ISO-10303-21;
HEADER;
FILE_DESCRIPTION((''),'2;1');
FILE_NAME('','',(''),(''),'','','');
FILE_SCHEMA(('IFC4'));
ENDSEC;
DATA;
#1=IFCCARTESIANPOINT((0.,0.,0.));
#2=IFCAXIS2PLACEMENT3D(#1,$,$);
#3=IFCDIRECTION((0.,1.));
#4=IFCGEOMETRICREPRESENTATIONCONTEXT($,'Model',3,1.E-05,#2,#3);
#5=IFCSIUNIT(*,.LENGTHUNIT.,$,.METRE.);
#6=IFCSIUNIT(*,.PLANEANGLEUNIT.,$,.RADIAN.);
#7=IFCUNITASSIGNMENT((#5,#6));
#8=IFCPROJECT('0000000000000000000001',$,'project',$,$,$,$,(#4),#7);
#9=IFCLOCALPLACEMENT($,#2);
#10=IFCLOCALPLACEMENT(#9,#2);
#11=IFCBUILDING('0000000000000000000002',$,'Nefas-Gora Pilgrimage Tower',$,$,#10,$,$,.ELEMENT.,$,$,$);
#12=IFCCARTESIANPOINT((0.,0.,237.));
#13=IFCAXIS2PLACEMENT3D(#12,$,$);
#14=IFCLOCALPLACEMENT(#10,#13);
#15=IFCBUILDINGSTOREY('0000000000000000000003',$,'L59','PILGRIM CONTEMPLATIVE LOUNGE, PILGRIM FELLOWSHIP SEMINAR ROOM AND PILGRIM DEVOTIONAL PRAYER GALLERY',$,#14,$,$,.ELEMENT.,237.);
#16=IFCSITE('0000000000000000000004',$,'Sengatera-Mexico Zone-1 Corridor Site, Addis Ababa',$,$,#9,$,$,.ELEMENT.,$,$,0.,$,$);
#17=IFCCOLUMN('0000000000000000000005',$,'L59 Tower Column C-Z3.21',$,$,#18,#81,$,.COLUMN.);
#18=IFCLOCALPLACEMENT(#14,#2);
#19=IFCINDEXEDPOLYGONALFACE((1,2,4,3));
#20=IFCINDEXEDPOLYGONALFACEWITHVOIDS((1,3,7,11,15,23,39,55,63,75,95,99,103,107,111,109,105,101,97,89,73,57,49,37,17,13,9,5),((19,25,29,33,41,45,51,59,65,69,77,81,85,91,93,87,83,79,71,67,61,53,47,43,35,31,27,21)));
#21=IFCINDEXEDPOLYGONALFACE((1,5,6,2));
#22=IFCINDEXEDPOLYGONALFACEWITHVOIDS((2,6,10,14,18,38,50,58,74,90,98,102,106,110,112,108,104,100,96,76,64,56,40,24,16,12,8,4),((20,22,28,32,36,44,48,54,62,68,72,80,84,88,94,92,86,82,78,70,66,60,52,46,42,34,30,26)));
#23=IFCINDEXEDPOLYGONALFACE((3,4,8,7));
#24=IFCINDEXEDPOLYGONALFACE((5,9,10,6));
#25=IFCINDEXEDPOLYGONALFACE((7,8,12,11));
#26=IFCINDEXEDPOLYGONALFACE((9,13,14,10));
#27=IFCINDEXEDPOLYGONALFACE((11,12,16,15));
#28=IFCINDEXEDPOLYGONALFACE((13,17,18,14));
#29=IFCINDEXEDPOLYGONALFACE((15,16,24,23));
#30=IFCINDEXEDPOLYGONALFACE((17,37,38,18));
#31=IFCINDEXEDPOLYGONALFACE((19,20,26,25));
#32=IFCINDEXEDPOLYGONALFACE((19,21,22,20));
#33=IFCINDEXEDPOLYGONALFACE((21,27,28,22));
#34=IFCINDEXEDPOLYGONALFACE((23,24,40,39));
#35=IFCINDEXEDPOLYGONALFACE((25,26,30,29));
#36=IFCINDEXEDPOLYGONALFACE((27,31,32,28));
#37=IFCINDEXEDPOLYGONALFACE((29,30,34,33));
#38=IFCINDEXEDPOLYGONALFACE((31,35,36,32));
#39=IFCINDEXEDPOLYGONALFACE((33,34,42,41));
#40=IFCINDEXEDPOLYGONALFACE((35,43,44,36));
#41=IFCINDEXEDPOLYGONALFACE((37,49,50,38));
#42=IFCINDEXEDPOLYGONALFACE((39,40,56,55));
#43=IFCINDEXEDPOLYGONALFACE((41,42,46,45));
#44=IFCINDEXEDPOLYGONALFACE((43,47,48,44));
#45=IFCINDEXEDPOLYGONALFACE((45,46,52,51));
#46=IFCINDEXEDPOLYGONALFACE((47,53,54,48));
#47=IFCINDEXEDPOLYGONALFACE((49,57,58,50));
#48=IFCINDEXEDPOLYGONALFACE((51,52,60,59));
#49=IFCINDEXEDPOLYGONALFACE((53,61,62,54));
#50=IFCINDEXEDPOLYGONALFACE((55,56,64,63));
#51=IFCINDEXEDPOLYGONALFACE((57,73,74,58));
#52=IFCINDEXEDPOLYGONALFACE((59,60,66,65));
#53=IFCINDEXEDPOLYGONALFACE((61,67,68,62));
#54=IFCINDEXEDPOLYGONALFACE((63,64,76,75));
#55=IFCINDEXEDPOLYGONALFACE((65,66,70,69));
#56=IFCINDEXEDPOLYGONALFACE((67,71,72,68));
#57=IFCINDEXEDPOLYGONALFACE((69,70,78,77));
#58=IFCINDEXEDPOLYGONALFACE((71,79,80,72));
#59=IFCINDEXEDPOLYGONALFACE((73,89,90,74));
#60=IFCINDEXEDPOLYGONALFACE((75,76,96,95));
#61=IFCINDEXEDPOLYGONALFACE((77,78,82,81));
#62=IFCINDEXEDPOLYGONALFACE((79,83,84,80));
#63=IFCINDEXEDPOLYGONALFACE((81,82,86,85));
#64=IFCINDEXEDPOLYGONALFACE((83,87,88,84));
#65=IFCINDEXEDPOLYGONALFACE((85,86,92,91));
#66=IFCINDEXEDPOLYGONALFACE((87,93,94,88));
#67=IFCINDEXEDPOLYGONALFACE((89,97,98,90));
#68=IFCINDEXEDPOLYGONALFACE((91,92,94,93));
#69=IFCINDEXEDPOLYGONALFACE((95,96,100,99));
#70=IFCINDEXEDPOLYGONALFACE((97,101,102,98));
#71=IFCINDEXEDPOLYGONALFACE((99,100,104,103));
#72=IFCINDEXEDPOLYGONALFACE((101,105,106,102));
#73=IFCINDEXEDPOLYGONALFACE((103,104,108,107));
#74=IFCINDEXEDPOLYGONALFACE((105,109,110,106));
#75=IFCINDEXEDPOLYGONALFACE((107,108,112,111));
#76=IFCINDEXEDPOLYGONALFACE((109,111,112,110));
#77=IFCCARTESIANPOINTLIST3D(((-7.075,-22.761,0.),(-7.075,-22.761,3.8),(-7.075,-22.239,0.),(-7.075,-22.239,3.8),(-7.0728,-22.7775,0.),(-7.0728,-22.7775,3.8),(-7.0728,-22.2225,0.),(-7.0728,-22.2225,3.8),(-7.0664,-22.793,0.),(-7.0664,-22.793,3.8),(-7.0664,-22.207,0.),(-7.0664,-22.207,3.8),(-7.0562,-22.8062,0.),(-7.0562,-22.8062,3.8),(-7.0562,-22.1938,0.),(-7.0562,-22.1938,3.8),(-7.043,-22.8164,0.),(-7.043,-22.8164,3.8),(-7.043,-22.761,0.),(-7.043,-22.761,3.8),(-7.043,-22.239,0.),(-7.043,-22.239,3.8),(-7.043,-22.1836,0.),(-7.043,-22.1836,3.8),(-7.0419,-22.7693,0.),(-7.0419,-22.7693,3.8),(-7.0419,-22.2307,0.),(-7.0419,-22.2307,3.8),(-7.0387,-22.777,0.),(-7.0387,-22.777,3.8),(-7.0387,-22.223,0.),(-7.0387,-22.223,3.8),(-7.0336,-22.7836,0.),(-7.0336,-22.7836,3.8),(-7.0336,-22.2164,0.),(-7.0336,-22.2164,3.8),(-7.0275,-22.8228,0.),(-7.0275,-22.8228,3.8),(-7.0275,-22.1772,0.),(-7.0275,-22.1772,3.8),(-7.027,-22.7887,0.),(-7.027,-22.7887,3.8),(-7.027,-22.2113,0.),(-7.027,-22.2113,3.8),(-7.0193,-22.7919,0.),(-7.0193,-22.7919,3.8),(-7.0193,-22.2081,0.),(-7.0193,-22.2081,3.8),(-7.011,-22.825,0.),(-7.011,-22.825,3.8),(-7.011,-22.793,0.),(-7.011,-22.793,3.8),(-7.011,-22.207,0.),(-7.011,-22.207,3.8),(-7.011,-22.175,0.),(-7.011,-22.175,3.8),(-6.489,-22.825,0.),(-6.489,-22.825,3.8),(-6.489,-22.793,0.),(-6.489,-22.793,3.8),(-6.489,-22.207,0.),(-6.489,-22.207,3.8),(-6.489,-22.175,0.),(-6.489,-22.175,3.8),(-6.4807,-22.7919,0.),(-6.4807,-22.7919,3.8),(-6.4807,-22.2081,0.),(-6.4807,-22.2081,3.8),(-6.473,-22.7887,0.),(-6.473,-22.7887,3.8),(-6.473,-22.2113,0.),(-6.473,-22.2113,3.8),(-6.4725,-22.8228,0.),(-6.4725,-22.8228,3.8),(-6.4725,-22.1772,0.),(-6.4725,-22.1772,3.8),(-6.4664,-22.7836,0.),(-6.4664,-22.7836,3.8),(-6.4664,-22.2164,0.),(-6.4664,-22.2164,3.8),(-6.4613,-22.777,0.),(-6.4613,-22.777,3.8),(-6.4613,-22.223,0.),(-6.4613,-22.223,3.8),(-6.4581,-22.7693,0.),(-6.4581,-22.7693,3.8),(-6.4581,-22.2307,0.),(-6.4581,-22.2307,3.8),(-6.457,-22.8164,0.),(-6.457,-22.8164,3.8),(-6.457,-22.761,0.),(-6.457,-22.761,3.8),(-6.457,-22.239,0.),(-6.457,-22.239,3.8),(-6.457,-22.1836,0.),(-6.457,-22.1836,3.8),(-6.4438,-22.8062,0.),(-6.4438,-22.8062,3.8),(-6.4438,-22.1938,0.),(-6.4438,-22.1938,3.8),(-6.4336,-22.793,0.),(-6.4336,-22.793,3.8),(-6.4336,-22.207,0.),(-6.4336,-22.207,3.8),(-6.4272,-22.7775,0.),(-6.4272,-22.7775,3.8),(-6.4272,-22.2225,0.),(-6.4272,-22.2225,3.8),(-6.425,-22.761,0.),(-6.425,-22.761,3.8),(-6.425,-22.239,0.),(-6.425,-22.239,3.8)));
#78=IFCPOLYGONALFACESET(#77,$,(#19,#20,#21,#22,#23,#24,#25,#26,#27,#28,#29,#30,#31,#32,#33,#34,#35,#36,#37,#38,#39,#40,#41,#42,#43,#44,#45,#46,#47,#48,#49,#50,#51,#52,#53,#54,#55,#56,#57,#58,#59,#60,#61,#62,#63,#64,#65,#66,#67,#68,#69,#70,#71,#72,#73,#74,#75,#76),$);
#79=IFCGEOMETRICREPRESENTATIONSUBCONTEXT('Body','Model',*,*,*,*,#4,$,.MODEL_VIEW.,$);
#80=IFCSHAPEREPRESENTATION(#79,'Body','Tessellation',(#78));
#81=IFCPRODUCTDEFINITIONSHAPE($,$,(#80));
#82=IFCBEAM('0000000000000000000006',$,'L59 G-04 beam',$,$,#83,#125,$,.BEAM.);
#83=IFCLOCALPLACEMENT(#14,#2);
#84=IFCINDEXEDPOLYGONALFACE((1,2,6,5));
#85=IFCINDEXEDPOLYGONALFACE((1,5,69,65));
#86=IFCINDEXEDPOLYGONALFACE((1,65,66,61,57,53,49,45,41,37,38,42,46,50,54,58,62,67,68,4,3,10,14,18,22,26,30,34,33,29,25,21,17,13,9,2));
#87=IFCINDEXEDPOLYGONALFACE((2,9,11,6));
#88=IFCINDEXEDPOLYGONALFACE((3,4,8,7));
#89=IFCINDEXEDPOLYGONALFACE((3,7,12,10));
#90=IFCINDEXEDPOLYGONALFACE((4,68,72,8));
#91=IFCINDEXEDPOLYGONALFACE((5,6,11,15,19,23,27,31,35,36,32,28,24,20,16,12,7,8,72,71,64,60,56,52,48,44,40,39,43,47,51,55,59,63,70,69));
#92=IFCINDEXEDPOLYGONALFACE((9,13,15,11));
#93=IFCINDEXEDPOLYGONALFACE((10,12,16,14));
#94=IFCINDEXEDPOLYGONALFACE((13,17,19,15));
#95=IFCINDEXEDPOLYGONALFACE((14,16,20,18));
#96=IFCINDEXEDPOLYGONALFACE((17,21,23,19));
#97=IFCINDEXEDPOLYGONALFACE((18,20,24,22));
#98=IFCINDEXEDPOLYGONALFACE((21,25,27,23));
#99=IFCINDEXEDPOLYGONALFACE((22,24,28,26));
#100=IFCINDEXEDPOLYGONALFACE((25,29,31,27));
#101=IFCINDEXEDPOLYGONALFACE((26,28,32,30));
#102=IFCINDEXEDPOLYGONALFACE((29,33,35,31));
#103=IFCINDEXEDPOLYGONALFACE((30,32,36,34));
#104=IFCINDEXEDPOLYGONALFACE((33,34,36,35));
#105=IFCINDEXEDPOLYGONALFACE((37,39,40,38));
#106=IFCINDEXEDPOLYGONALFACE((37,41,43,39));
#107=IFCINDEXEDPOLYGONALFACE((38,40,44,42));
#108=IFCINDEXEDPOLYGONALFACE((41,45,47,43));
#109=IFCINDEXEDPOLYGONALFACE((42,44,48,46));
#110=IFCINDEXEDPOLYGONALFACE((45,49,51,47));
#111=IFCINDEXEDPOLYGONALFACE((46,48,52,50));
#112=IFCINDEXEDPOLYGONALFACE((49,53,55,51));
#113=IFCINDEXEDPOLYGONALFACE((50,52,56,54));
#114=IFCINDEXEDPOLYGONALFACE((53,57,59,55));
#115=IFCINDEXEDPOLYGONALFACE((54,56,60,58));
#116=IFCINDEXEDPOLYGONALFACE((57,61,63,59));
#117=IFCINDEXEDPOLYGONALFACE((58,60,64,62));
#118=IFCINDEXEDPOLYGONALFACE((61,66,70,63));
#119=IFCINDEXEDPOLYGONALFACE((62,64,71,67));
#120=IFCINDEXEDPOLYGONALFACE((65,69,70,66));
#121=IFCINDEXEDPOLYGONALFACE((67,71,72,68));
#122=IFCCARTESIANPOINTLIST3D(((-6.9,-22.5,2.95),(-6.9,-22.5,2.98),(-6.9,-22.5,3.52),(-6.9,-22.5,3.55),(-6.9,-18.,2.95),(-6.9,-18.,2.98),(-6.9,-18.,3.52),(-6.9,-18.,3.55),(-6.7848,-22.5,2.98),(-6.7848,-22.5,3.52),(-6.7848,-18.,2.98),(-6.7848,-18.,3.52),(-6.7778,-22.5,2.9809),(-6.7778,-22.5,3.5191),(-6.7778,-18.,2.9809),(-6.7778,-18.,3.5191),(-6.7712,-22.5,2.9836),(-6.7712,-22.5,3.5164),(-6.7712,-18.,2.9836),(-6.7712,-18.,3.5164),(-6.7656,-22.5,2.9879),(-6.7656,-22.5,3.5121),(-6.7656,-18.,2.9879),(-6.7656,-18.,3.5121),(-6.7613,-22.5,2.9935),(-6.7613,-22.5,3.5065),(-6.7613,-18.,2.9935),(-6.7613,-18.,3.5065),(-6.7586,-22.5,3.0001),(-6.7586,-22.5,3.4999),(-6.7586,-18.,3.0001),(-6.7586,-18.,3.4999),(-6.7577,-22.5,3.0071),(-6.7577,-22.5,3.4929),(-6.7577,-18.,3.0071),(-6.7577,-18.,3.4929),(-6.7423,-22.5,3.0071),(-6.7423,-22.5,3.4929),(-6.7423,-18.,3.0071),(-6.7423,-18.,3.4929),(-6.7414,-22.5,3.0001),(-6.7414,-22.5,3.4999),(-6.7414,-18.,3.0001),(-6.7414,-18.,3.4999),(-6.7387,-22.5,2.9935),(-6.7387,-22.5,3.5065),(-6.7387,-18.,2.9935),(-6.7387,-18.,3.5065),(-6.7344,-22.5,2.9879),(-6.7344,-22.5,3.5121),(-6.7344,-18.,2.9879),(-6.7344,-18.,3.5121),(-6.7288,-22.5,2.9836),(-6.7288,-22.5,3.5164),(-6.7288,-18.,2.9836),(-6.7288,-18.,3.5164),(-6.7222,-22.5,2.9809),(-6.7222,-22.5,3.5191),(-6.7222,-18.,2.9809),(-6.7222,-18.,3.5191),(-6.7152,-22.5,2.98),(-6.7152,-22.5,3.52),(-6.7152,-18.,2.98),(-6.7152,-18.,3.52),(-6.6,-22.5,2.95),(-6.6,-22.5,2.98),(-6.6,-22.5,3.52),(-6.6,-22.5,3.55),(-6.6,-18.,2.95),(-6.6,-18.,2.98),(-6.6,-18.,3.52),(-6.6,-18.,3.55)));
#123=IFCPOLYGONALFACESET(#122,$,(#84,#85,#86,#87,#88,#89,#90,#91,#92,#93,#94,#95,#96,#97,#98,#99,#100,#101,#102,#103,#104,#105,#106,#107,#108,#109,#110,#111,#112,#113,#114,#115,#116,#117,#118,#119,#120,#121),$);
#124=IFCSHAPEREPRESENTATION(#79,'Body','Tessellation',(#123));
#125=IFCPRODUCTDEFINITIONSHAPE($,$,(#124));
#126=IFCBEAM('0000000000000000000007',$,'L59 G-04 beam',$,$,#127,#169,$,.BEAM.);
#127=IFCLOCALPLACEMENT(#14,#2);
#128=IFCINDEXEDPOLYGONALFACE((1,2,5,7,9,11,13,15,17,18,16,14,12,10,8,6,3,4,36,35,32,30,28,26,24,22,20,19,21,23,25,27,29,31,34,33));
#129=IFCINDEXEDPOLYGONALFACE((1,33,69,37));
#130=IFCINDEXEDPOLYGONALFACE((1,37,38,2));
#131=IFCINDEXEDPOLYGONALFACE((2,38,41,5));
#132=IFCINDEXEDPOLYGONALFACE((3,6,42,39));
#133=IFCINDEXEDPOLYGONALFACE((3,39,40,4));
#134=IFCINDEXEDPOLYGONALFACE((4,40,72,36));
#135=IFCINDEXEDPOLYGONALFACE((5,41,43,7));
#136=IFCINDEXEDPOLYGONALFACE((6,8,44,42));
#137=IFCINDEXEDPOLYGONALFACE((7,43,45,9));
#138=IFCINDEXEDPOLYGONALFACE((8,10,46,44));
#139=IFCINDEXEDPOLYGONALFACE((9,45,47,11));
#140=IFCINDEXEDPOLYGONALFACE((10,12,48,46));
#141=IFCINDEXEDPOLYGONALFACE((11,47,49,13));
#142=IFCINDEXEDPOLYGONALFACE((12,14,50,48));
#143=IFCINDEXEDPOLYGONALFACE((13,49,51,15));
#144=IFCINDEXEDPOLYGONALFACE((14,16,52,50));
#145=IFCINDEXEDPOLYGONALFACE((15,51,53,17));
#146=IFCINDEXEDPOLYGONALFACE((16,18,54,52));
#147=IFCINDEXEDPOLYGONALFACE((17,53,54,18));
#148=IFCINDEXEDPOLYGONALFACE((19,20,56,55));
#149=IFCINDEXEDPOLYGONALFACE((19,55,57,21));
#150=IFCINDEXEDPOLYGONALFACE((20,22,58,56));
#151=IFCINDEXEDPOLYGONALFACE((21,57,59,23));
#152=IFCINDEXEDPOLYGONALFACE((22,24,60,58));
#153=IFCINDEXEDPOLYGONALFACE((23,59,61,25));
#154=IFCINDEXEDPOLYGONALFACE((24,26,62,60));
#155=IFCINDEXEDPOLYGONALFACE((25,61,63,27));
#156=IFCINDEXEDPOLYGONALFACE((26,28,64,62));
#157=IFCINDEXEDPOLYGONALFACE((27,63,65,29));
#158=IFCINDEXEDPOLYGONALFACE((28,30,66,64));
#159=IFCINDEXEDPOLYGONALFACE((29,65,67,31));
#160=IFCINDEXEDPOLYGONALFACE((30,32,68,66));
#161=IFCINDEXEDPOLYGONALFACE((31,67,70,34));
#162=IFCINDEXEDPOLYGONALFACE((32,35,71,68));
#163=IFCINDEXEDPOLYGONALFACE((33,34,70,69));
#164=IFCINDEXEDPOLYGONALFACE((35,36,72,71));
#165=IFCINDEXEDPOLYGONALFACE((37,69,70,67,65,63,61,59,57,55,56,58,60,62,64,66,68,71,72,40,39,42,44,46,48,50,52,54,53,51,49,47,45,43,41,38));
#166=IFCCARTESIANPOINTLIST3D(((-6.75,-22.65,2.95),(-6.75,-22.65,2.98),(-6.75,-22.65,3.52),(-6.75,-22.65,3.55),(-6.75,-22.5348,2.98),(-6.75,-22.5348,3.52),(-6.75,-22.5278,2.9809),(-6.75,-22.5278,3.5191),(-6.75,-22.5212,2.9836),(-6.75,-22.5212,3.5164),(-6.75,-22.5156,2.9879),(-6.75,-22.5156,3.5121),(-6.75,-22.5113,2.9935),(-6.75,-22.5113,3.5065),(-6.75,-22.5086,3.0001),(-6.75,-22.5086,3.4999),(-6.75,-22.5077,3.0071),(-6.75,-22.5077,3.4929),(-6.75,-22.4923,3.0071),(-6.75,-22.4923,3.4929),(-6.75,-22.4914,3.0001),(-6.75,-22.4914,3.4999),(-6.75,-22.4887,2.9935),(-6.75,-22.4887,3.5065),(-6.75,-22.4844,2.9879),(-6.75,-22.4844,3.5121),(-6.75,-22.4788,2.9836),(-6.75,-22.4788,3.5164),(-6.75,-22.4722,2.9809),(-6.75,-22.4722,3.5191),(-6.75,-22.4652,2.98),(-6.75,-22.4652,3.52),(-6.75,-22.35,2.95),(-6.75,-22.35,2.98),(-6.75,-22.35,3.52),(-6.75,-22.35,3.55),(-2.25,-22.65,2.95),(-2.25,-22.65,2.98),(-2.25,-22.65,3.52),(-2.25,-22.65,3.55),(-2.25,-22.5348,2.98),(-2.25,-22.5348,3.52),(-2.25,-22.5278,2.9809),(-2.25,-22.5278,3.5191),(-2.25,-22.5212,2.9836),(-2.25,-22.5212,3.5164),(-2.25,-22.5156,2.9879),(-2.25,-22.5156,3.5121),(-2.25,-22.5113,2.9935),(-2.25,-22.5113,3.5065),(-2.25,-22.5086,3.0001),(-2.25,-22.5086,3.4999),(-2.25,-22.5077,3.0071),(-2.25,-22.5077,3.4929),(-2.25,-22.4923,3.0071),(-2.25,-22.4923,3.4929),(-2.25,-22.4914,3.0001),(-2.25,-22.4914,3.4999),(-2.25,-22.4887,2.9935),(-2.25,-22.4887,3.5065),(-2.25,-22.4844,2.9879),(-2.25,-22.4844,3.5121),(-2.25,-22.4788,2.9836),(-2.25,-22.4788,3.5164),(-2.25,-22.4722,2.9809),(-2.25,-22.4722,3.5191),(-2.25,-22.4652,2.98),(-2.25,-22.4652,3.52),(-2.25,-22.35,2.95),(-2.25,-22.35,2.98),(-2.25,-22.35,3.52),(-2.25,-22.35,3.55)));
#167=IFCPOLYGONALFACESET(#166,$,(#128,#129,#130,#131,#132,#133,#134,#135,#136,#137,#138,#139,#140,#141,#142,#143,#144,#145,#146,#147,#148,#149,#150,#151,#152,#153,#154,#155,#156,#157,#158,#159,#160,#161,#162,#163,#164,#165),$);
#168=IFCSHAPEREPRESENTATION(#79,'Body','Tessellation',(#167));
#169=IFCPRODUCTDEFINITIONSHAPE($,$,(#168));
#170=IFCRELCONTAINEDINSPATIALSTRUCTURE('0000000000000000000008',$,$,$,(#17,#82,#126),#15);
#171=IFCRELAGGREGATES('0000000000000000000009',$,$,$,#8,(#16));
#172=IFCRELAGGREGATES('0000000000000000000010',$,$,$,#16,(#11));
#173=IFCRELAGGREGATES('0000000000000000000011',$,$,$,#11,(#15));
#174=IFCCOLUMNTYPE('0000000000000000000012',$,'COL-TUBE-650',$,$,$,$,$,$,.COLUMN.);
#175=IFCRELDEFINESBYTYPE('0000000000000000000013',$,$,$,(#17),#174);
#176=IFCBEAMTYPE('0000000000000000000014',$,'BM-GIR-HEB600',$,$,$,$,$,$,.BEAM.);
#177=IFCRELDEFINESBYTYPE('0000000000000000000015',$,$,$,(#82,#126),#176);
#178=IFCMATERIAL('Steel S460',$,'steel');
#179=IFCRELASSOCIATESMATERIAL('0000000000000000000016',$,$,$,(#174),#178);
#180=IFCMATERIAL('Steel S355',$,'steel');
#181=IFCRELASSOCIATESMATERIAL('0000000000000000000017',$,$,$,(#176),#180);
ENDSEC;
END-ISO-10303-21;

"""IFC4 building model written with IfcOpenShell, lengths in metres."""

from ifc_helpers import new_model, si_unit, direction, frame, origin, origin_2d, place, context, subcontext, project, spatial, hollow_rectangle, i_section, extrude, source, transform, mapped, material, material_profile, profile_set, type_object, element, save


model = new_model("IFC4")

# Units and contexts
model_context = context("Model", 3, precision=1e-05, world=origin(), true_north=direction((0.0, 1.0)))
body_context = subcontext(model_context, "Body", "Model", "MODEL_VIEW")
ifc_project = project(units=[si_unit("LENGTHUNIT", "METRE"), si_unit("PLANEANGLEUNIT", "RADIAN")], contexts=[model_context])

# Site, building, storey
site_placement = place(None, origin())
site = spatial("IfcSite", under=ifc_project, at=site_placement, Name="Sengatera-Mexico Zone-1 Corridor Site, Addis Ababa", CompositionType="ELEMENT", RefElevation=0.0)
building_placement = place(site_placement, origin())
building = spatial("IfcBuilding", under=site, at=building_placement, Name="Nefas-Gora Pilgrimage Tower", CompositionType="ELEMENT")
storey_placement = place(building_placement, frame((0.0, 0.0, 237.0)))
storey = spatial("IfcBuildingStorey", under=building, at=storey_placement, Name="L59", Description="PILGRIM CONTEMPLATIVE LOUNGE, PILGRIM FELLOWSHIP SEMINAR ROOM AND PILGRIM DEVOTIONAL PRAYER GALLERY", CompositionType="ELEMENT", Elevation=237.0)

# Column
ifc_material_1 = material(Name="Steel S460", Category="steel")
ifc_material_profile_1 = material_profile(ifc_material_1, hollow_rectangle(XDim=0.6499, YDim=0.6499, WallThickness=0.032, InnerFilletRadius=0.032, OuterFilletRadius=0.064, at=origin_2d()), Name="BOX 650x650x32")
ifc_profile_set_1 = profile_set([ifc_material_profile_1], Name="Steel S460")
column_type_1 = type_object("IfcColumnType", Name="COL-TUBE-650", PredefinedType="COLUMN", material=ifc_profile_set_1)
shared_shape_1 = source(origin(), body_context, "Body", "SweptSolid", [
    extrude(hollow_rectangle(XDim=0.6499, YDim=0.6499, WallThickness=0.032, InnerFilletRadius=0.032, OuterFilletRadius=0.064, at=origin_2d()), origin(), (0.0, 0.0, 1.0), 3.8),
])
column_placement = place(storey_placement, frame((-6.75, -22.5, 0.0), z_axis=(0.0, 0.0, 1.0), x_axis=(1.0, 0.0, 0.0)))
element("IfcColumn", 1, at=column_placement, inside=storey, type_object=column_type_1, Name="L59 Tower Column C-Z3.21", PredefinedType="COLUMN", context=body_context, shape_type="MappedRepresentation", body=[
    mapped(shared_shape_1, transform((0.0, 0.0, 0.0), x_axis=(1.0, 0.0, 0.0), y_axis=(0.0, 1.0, 0.0), z_axis=(0.0, 0.0, 1.0), scale=1.0)),
])

# Beams
ifc_material_2 = material(Name="Steel S355", Category="steel")
ifc_material_profile_2 = material_profile(ifc_material_2, i_section(OverallWidth=0.3, OverallDepth=0.6001, WebThickness=0.0154, FlangeThickness=0.03, FilletRadius=0.0271, at=origin_2d()), Name="HEB 600")
ifc_profile_set_2 = profile_set([ifc_material_profile_2], Name="Steel S355")
beam_type = type_object("IfcBeamType", Name="BM-GIR-HEB600", PredefinedType="BEAM", material=ifc_profile_set_2)
shared_shape_2 = source(origin(), body_context, "Body", "SweptSolid", [
    extrude(i_section(OverallWidth=0.3, OverallDepth=0.6001, WebThickness=0.0154, FlangeThickness=0.03, FilletRadius=0.0271, at=origin_2d()), origin(), (0.0, 0.0, 1.0), 4.5),
])
for number, where, z_axis, x_axis, name in (
    (2, (-6.75, -22.5, 3.25), (0.0, 1.0, 0.0), (-1.0, 0.0, 0.0), "L59 G-04 beam"),
    (3, (-6.75, -22.5, 3.25), (1.0, 0.0, 0.0), (0.0, 1.0, 0.0), "L59 G-04 beam"),
):
    element("IfcBeam", number, at=place(storey_placement, frame(where, z_axis=z_axis, x_axis=x_axis)), inside=storey, type_object=beam_type, Name=name, PredefinedType="BEAM", context=body_context, shape_type="MappedRepresentation", body=[
        mapped(shared_shape_2, transform((0.0, 0.0, 0.0), x_axis=(1.0, 0.0, 0.0), y_axis=(0.0, 1.0, 0.0), z_axis=(0.0, 0.0, 1.0), scale=1.0)),
    ])

save(model, "model.ifc")
